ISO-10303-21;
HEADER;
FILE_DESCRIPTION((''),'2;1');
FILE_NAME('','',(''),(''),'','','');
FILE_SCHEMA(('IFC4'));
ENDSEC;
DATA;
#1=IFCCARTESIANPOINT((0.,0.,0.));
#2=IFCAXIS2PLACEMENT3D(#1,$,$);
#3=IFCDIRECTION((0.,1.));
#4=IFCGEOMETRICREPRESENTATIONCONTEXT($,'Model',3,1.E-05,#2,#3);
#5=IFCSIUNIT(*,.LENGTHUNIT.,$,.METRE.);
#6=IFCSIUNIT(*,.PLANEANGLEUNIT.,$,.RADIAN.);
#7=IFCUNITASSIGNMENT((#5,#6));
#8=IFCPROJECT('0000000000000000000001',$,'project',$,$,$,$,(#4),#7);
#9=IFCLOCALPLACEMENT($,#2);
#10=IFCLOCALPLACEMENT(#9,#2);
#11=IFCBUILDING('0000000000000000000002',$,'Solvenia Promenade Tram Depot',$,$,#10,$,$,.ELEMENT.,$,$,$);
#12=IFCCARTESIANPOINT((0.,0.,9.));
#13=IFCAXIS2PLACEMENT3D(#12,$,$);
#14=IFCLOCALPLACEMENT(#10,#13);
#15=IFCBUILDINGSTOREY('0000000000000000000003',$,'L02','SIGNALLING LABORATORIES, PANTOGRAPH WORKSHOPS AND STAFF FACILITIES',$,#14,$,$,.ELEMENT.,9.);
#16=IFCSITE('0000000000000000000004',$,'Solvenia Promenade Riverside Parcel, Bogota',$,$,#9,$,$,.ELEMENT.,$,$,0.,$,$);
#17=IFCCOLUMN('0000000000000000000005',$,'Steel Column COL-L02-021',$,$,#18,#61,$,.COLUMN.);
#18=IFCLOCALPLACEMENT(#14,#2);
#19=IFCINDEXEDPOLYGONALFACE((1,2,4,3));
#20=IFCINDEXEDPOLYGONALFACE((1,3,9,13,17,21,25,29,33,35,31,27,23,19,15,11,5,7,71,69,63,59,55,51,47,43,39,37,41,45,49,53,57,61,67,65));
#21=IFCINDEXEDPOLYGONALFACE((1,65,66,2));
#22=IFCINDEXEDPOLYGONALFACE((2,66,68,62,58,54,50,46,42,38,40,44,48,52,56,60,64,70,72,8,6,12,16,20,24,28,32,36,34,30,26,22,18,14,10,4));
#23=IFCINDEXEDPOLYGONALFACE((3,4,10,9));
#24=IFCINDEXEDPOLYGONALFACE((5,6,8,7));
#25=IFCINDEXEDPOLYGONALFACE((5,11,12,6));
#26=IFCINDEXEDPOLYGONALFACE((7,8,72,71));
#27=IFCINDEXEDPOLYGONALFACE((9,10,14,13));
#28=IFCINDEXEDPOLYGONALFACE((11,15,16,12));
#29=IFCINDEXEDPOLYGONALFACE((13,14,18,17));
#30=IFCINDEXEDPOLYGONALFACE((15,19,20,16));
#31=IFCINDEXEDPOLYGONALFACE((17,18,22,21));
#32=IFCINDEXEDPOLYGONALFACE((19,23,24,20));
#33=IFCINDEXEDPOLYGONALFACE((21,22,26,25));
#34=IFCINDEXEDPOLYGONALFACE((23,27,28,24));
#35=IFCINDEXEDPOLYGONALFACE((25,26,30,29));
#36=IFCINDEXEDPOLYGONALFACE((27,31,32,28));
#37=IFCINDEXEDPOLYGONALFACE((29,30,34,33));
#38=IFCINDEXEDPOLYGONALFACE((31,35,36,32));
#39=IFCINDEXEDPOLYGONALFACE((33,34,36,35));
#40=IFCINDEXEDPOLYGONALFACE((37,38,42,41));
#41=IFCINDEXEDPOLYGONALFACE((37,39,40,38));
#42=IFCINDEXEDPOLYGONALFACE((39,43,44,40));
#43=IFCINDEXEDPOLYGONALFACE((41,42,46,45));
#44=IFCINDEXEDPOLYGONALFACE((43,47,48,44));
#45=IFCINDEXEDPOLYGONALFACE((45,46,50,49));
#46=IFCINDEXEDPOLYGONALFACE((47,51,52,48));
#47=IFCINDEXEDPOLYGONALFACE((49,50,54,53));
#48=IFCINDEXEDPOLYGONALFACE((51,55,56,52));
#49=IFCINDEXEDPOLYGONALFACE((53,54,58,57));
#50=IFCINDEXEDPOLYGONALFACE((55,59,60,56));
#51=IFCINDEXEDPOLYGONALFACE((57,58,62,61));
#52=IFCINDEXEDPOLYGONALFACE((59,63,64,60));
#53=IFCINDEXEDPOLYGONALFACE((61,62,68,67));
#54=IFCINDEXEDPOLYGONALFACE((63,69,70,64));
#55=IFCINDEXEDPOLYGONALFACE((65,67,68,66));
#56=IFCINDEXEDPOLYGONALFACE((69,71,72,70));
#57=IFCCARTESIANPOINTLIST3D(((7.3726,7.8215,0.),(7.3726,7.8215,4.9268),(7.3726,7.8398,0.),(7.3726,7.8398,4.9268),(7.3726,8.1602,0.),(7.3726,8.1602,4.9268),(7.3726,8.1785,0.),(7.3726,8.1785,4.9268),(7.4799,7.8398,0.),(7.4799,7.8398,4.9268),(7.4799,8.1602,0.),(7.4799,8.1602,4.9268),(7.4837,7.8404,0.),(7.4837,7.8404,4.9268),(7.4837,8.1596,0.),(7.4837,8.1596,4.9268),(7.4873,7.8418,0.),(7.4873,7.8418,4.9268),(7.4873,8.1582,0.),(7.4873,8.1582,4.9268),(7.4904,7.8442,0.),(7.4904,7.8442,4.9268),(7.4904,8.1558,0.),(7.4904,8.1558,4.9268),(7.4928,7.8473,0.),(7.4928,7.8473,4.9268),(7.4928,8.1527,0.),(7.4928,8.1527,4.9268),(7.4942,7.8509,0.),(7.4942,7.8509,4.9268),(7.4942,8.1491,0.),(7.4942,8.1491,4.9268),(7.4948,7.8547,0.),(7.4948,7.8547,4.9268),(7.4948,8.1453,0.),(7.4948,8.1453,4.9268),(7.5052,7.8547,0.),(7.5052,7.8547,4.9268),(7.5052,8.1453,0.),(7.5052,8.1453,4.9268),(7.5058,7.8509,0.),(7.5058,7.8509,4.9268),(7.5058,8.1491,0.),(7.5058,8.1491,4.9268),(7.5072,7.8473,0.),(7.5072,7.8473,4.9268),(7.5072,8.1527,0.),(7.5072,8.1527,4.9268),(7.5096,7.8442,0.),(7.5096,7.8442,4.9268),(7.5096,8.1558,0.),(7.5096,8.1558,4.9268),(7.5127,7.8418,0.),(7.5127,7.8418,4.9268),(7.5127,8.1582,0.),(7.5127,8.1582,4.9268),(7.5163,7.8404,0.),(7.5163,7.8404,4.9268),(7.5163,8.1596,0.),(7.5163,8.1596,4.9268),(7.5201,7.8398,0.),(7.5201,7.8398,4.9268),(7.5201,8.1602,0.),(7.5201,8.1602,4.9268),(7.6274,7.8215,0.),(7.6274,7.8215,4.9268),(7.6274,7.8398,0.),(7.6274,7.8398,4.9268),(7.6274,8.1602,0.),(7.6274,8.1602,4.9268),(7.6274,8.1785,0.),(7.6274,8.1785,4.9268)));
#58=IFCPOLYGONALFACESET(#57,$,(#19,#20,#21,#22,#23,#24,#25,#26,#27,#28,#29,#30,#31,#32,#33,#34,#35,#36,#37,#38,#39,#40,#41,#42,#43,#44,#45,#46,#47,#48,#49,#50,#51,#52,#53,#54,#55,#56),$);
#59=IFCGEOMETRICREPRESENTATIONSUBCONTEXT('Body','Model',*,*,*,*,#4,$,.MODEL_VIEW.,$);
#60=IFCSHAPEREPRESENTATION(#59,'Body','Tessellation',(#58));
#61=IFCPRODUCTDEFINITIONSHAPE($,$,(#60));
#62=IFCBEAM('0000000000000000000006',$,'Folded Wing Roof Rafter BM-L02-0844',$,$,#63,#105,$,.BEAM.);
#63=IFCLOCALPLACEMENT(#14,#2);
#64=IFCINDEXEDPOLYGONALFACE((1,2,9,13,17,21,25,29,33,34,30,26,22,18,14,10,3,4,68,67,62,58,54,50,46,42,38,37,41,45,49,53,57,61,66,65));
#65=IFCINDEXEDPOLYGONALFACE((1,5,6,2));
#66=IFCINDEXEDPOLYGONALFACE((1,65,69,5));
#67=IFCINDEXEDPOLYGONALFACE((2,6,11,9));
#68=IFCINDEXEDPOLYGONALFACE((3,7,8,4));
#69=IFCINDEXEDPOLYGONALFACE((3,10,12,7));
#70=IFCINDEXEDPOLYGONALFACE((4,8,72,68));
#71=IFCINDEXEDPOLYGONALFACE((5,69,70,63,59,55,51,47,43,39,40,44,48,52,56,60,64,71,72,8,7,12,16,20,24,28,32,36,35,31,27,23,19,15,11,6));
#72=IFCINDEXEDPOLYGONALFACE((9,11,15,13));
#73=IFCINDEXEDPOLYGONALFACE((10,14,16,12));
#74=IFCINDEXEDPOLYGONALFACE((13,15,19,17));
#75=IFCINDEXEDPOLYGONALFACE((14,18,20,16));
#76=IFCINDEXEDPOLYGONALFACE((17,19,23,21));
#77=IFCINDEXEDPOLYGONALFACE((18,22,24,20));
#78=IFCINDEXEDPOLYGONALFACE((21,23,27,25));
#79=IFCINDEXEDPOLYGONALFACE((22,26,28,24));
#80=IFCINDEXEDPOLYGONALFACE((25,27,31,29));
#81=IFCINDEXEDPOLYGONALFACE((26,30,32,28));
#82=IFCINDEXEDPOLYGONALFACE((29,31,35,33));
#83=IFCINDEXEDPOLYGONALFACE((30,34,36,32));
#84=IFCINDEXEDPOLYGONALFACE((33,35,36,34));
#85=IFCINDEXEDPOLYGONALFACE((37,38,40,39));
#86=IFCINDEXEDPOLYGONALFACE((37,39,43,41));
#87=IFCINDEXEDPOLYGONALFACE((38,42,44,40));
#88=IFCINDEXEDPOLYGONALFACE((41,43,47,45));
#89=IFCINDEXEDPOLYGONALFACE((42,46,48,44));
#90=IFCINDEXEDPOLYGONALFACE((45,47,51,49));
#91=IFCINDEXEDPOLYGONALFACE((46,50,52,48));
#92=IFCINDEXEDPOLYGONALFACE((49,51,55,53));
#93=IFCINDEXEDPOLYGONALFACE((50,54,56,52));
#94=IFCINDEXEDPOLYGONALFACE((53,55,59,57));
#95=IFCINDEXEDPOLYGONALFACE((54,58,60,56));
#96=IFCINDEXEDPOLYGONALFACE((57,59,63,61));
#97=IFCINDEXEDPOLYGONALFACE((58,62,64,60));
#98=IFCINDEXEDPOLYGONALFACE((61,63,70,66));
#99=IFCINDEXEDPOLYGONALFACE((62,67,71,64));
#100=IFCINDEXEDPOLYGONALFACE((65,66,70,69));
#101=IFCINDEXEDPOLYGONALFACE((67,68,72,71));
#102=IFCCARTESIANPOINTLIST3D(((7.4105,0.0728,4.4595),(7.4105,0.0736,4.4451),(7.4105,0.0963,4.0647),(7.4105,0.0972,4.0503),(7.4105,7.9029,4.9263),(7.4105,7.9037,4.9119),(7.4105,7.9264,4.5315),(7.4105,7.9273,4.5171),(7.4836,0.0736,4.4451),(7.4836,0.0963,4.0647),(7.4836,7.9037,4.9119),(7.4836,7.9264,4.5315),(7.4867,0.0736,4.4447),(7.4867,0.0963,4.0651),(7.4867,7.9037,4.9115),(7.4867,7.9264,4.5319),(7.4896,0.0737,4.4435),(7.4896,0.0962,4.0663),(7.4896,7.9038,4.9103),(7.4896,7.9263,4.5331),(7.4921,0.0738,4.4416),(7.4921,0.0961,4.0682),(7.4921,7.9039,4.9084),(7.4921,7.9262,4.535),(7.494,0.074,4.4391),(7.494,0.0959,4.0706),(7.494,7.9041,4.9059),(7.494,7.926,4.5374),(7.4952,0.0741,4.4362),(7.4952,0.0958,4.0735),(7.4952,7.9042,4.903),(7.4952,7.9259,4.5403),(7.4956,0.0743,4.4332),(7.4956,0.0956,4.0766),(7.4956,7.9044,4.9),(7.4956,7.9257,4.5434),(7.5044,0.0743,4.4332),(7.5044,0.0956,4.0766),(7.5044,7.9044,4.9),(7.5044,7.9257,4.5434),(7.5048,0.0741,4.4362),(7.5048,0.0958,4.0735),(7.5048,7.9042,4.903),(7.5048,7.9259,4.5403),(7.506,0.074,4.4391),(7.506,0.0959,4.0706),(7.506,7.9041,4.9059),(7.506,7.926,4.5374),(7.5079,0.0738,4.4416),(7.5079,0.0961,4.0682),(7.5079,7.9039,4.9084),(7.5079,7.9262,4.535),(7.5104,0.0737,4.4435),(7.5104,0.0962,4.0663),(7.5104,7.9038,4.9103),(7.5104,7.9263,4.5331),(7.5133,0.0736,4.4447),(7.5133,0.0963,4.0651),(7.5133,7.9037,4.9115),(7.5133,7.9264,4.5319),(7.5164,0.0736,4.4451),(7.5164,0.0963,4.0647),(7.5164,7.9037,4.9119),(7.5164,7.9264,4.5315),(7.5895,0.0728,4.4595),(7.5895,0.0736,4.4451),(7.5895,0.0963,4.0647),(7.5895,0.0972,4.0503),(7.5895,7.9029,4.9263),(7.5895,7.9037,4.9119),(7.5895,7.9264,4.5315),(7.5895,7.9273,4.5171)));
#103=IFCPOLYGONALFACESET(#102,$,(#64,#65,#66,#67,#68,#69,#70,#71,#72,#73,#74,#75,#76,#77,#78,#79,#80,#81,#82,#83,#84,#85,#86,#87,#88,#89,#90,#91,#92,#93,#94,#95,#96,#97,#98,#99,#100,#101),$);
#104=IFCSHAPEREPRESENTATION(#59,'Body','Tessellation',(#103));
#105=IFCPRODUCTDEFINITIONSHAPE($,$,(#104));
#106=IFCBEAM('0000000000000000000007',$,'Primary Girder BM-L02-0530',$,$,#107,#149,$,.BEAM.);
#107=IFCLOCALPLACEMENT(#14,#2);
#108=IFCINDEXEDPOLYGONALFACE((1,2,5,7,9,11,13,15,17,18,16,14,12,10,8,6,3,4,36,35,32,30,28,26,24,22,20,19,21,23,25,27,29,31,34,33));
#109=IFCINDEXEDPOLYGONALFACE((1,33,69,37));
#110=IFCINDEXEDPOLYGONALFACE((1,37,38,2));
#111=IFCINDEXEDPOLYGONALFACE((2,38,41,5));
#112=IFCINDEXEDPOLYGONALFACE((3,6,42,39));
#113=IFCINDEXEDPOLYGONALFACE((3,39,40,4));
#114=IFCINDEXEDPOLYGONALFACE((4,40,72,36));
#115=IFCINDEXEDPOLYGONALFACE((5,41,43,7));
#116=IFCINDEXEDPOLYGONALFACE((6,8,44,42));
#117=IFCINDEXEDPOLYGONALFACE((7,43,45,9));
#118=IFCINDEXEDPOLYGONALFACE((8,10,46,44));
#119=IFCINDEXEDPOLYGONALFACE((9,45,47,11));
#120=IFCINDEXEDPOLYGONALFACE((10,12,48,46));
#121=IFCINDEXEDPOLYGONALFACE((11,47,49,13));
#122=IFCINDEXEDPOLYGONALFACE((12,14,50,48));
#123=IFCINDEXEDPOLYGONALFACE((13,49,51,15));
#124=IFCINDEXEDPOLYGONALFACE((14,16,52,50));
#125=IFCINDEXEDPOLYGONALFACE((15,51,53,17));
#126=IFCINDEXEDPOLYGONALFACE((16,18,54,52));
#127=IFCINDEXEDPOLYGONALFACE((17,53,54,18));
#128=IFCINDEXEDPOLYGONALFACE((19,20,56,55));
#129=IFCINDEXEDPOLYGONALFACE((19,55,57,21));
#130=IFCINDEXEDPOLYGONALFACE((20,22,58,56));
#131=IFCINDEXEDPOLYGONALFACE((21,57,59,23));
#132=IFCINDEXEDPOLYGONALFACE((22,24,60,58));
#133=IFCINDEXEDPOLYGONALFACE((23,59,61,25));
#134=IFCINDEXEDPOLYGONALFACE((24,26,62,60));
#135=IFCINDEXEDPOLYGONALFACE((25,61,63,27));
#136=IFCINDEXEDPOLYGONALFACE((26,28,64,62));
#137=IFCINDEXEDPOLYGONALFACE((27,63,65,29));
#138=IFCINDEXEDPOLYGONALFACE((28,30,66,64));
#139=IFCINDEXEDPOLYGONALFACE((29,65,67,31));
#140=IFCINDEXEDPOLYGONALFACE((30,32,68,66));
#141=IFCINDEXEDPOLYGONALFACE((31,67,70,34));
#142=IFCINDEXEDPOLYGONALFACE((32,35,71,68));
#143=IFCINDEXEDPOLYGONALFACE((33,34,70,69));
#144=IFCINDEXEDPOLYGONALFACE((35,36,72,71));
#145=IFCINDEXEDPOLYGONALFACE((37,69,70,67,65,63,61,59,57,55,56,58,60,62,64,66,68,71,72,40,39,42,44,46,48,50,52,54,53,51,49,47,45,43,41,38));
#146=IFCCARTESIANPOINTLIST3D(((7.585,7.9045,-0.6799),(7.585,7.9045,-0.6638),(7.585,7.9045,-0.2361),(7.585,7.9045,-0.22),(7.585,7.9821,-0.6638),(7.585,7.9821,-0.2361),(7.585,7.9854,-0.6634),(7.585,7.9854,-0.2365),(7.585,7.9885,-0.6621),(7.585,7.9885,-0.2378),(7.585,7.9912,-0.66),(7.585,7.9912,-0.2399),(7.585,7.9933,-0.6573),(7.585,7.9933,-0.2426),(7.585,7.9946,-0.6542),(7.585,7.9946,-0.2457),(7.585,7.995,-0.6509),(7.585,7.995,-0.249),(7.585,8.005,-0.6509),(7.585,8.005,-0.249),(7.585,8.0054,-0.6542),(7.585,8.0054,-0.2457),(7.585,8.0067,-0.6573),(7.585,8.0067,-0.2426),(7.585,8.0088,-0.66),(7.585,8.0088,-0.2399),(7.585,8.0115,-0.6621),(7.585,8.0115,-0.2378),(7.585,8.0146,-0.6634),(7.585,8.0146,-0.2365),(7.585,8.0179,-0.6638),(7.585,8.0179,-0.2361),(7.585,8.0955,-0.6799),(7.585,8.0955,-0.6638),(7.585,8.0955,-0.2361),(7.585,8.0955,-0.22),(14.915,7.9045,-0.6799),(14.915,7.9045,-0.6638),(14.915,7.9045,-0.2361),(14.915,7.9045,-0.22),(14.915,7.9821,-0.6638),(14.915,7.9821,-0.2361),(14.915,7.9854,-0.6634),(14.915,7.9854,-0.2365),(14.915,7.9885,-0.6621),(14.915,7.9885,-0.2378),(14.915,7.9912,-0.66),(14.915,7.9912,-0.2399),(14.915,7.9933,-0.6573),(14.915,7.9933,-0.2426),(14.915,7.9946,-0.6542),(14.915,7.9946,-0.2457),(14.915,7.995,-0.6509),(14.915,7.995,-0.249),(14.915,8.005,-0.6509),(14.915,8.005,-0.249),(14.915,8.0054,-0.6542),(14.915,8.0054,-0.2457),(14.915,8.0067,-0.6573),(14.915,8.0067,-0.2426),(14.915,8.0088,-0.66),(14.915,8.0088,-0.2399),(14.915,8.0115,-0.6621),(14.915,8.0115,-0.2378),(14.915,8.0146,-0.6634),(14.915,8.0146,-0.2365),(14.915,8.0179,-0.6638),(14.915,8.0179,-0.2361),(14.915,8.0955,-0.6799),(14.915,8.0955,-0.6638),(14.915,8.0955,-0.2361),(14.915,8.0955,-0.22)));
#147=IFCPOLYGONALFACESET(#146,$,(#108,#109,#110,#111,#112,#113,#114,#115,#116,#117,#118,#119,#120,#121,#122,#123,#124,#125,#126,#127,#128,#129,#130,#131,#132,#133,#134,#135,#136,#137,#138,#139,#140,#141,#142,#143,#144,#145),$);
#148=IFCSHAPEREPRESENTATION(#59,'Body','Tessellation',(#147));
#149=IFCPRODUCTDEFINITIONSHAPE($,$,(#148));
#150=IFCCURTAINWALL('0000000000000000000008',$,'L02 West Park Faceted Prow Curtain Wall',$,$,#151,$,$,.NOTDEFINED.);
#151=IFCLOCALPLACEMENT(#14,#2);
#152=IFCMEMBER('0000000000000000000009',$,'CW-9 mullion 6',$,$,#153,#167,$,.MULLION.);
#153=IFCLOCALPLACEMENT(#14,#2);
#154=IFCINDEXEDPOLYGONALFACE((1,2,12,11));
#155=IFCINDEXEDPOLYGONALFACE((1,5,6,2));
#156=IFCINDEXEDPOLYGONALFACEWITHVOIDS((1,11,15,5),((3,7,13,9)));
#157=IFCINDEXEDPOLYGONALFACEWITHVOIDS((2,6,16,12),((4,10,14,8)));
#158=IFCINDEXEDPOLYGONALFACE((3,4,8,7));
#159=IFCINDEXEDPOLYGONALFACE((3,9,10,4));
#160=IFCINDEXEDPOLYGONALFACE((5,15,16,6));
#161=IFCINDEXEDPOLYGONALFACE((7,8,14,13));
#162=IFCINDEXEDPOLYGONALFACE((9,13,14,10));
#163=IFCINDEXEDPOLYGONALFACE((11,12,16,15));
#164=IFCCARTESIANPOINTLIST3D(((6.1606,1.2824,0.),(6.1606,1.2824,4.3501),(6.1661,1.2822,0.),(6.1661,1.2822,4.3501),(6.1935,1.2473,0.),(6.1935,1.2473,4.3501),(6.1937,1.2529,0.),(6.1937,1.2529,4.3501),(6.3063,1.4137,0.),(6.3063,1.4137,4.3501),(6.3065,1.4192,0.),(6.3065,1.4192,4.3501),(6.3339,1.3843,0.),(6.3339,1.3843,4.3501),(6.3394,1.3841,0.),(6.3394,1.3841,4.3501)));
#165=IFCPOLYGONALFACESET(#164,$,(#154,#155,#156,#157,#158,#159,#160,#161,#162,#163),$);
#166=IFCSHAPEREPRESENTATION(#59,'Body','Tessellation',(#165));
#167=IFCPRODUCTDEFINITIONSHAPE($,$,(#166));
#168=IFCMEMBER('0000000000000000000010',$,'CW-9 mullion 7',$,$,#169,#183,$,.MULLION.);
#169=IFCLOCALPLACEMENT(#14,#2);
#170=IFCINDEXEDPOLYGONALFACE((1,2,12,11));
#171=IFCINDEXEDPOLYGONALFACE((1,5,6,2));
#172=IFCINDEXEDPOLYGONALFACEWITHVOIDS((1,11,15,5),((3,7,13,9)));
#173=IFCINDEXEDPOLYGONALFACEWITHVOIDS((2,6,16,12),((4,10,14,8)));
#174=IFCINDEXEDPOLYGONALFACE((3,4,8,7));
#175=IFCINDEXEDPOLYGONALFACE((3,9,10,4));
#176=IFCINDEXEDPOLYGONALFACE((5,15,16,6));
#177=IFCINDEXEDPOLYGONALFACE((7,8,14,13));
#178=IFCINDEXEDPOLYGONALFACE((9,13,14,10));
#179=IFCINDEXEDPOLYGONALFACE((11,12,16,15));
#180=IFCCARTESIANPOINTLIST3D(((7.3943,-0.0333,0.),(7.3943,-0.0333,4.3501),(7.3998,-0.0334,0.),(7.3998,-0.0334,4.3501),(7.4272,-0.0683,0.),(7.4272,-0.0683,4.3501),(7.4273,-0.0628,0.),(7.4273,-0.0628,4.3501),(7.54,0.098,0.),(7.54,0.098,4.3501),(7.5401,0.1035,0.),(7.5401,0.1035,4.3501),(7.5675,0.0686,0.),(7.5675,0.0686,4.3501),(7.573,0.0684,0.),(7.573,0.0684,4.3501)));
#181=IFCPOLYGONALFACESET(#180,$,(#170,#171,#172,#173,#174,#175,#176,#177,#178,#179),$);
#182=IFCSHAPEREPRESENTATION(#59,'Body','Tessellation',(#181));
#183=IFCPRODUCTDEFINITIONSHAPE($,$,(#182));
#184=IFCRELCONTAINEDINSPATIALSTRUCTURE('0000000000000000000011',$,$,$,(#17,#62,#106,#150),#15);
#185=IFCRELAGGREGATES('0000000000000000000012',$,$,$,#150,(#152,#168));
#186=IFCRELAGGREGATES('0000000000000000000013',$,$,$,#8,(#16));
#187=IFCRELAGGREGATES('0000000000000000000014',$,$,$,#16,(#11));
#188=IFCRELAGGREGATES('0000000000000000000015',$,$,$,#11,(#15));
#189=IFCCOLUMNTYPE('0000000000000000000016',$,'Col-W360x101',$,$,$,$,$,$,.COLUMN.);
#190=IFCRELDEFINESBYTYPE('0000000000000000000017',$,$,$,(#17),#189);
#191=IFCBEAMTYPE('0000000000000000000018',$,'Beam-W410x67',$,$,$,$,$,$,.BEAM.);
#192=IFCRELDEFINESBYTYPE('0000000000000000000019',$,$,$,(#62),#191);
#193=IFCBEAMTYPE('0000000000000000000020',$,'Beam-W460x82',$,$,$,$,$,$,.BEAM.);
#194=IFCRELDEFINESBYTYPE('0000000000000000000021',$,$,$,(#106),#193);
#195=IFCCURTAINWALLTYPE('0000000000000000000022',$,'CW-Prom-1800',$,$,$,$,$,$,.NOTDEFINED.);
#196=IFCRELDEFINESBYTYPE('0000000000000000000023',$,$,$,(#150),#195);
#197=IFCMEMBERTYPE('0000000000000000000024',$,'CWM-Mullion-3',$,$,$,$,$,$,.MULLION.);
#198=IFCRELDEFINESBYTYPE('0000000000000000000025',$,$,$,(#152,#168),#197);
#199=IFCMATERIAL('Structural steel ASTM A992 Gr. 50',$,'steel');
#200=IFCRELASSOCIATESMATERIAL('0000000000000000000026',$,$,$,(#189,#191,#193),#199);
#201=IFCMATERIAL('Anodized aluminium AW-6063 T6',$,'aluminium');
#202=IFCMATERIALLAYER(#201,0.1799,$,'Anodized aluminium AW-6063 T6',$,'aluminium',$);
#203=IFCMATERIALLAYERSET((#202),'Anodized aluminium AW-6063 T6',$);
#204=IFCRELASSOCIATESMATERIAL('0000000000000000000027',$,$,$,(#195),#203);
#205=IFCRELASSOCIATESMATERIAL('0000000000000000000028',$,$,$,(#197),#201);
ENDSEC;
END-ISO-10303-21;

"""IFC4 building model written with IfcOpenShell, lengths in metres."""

from ifc_helpers import new_model, si_unit, direction, frame, origin, origin_2d, place, context, subcontext, project, spatial, hollow_rectangle, i_section, extrude, material, layer, layer_set, material_profile, profile_set, type_object, element, aggregate, save


model = new_model("IFC4")

# Units and contexts
model_context = context("Model", 3, precision=1e-05, world=origin(), true_north=direction((0.0, 1.0)))
body_context = subcontext(model_context, "Body", "Model", "MODEL_VIEW")
ifc_project = project(units=[si_unit("LENGTHUNIT", "METRE"), si_unit("PLANEANGLEUNIT", "RADIAN")], contexts=[model_context])

# Site, building, storey
site_placement = place(None, origin())
site = spatial("IfcSite", under=ifc_project, at=site_placement, Name="Solvenia Promenade Riverside Parcel, Bogota", CompositionType="ELEMENT", RefElevation=0.0)
building_placement = place(site_placement, origin())
building = spatial("IfcBuilding", under=site, at=building_placement, Name="Solvenia Promenade Tram Depot", CompositionType="ELEMENT")
storey_placement = place(building_placement, frame((0.0, 0.0, 9.0)))
storey = spatial("IfcBuildingStorey", under=building, at=storey_placement, Name="L02", Description="SIGNALLING LABORATORIES, PANTOGRAPH WORKSHOPS AND STAFF FACILITIES", CompositionType="ELEMENT", Elevation=9.0)

# Column
ifc_material_1 = material(Name="Structural steel ASTM A992 Gr. 50", Category="steel")
ifc_material_profile_1 = material_profile(ifc_material_1, i_section(OverallWidth=0.2549, OverallDepth=0.3569, WebThickness=0.0105, FlangeThickness=0.0183, FilletRadius=0.0149, at=origin_2d()), Name="W360x101", Category="steel")
ifc_profile_set_1 = profile_set([ifc_material_profile_1], Name="Structural steel ASTM A992 Gr. 50")
column_type = type_object("IfcColumnType", Name="Col-W360x101", PredefinedType="COLUMN", material=ifc_profile_set_1)
column_placement = place(storey_placement, frame((7.5, 8.0, 0.0), z_axis=(0.0, 0.0, 1.0), x_axis=(1.0, 0.0, 0.0)))
element("IfcColumn", 1, at=column_placement, inside=storey, type_object=column_type, Name="Steel Column COL-L02-021", PredefinedType="COLUMN", context=body_context, shape_type="SweptSolid", body=[
    extrude(i_section(OverallWidth=0.2549, OverallDepth=0.3569, WebThickness=0.0105, FlangeThickness=0.0183, FilletRadius=0.0149, at=origin_2d()), origin(), (0.0, 0.0, 1.0), 4.9268),
])

# Beams
ifc_material_profile_2 = material_profile(ifc_material_1, i_section(OverallWidth=0.179, OverallDepth=0.4099, WebThickness=0.0088, FlangeThickness=0.0144, FilletRadius=0.012, at=origin_2d()), Name="W410x67", Category="steel")
ifc_profile_set_2 = profile_set([ifc_material_profile_2], Name="Structural steel ASTM A992 Gr. 50")
beam_type_1 = type_object("IfcBeamType", Name="Beam-W410x67", PredefinedType="BEAM", material=ifc_profile_set_2)
beam_1_placement = place(storey_placement, frame((7.5, 0.085, 4.2549), z_axis=(0.0, 0.998228, 0.05951), x_axis=(-1.0, 0.0, 0.0)))
element("IfcBeam", 2, at=beam_1_placement, inside=storey, type_object=beam_type_1, Name="Folded Wing Roof Rafter BM-L02-0844", PredefinedType="BEAM", context=body_context, shape_type="SweptSolid", body=[
    extrude(i_section(OverallWidth=0.179, OverallDepth=0.4099, WebThickness=0.0088, FlangeThickness=0.0144, FilletRadius=0.012, at=origin_2d()), origin(), (0.0, 0.0, 1.0), 7.844),
])
ifc_material_profile_3 = material_profile(ifc_material_1, i_section(OverallWidth=0.1909, OverallDepth=0.46, WebThickness=0.01, FlangeThickness=0.0161, FilletRadius=0.0129, at=origin_2d()), Name="W460x82", Category="steel")
ifc_profile_set_3 = profile_set([ifc_material_profile_3], Name="Structural steel ASTM A992 Gr. 50")
beam_type_2 = type_object("IfcBeamType", Name="Beam-W460x82", PredefinedType="BEAM", material=ifc_profile_set_3)
beam_2_placement = place(storey_placement, frame((7.585, 8.0, -0.45), z_axis=(1.0, 0.0, 0.0), x_axis=(0.0, 1.0, 0.0)))
element("IfcBeam", 3, at=beam_2_placement, inside=storey, type_object=beam_type_2, Name="Primary Girder BM-L02-0530", PredefinedType="BEAM", context=body_context, shape_type="SweptSolid", body=[
    extrude(i_section(OverallWidth=0.1909, OverallDepth=0.46, WebThickness=0.01, FlangeThickness=0.0161, FilletRadius=0.0129, at=origin_2d()), origin(), (0.0, 0.0, 1.0), 7.3301),
])

# Curtain wall, members
ifc_material_2 = material(Name="Anodized aluminium AW-6063 T6", Category="aluminium")
ifc_layer_1 = layer(ifc_material_2, 0.1799, Name="Anodized aluminium AW-6063 T6", Category="aluminium")
ifc_layer_set_1 = layer_set([ifc_layer_1], Name="Anodized aluminium AW-6063 T6")
curtain_wall_type_1 = type_object("IfcCurtainWallType", Name="CW-Prom-1800", PredefinedType="NOTDEFINED", material=ifc_layer_set_1)
curtain_wall_1_placement = place(storey_placement, origin())
curtain_wall_1 = element("IfcCurtainWall", 4, at=curtain_wall_1_placement, inside=storey, type_object=curtain_wall_type_1, Name="L02 West Park Faceted Prow Curtain Wall", PredefinedType="NOTDEFINED")
ifc_material_profile_4 = material_profile(ifc_material_2, hollow_rectangle(XDim=0.2, YDim=0.0481, WallThickness=0.0039, at=origin_2d()), Name="ALU-M3", Category="aluminium")
ifc_profile_set_4 = profile_set([ifc_material_profile_4], Name="Anodized aluminium AW-6063 T6")
member_type_1 = type_object("IfcMemberType", Name="CWM-Mullion-3", PredefinedType="MULLION", material=ifc_profile_set_4)
member_1_placement = place(storey_placement, frame((6.25, 1.3333, 0.0), z_axis=(0.0, 0.0, 1.0), x_axis=(0.729537, 0.683941, 0.0)))
member_1 = element("IfcMember", 5, at=member_1_placement, type_object=member_type_1, Name="CW-9 mullion 6", PredefinedType="MULLION", context=body_context, shape_type="SweptSolid", body=[
    extrude(hollow_rectangle(XDim=0.2, YDim=0.0481, WallThickness=0.0039, at=origin_2d()), origin(), (0.0, 0.0, 1.0), 4.3501),
])
member_2_placement = place(storey_placement, frame((7.4836, 0.0176, 0.0), z_axis=(0.0, 0.0, 1.0), x_axis=(0.729537, 0.683941, 0.0)))
member_2 = element("IfcMember", 6, at=member_2_placement, type_object=member_type_1, Name="CW-9 mullion 7", PredefinedType="MULLION", context=body_context, shape_type="SweptSolid", body=[
    extrude(hollow_rectangle(XDim=0.2, YDim=0.0481, WallThickness=0.0039, at=origin_2d()), origin(), (0.0, 0.0, 1.0), 4.3501),
])

aggregate(curtain_wall_1, [member_1, member_2])

save(model, "model.ifc")
